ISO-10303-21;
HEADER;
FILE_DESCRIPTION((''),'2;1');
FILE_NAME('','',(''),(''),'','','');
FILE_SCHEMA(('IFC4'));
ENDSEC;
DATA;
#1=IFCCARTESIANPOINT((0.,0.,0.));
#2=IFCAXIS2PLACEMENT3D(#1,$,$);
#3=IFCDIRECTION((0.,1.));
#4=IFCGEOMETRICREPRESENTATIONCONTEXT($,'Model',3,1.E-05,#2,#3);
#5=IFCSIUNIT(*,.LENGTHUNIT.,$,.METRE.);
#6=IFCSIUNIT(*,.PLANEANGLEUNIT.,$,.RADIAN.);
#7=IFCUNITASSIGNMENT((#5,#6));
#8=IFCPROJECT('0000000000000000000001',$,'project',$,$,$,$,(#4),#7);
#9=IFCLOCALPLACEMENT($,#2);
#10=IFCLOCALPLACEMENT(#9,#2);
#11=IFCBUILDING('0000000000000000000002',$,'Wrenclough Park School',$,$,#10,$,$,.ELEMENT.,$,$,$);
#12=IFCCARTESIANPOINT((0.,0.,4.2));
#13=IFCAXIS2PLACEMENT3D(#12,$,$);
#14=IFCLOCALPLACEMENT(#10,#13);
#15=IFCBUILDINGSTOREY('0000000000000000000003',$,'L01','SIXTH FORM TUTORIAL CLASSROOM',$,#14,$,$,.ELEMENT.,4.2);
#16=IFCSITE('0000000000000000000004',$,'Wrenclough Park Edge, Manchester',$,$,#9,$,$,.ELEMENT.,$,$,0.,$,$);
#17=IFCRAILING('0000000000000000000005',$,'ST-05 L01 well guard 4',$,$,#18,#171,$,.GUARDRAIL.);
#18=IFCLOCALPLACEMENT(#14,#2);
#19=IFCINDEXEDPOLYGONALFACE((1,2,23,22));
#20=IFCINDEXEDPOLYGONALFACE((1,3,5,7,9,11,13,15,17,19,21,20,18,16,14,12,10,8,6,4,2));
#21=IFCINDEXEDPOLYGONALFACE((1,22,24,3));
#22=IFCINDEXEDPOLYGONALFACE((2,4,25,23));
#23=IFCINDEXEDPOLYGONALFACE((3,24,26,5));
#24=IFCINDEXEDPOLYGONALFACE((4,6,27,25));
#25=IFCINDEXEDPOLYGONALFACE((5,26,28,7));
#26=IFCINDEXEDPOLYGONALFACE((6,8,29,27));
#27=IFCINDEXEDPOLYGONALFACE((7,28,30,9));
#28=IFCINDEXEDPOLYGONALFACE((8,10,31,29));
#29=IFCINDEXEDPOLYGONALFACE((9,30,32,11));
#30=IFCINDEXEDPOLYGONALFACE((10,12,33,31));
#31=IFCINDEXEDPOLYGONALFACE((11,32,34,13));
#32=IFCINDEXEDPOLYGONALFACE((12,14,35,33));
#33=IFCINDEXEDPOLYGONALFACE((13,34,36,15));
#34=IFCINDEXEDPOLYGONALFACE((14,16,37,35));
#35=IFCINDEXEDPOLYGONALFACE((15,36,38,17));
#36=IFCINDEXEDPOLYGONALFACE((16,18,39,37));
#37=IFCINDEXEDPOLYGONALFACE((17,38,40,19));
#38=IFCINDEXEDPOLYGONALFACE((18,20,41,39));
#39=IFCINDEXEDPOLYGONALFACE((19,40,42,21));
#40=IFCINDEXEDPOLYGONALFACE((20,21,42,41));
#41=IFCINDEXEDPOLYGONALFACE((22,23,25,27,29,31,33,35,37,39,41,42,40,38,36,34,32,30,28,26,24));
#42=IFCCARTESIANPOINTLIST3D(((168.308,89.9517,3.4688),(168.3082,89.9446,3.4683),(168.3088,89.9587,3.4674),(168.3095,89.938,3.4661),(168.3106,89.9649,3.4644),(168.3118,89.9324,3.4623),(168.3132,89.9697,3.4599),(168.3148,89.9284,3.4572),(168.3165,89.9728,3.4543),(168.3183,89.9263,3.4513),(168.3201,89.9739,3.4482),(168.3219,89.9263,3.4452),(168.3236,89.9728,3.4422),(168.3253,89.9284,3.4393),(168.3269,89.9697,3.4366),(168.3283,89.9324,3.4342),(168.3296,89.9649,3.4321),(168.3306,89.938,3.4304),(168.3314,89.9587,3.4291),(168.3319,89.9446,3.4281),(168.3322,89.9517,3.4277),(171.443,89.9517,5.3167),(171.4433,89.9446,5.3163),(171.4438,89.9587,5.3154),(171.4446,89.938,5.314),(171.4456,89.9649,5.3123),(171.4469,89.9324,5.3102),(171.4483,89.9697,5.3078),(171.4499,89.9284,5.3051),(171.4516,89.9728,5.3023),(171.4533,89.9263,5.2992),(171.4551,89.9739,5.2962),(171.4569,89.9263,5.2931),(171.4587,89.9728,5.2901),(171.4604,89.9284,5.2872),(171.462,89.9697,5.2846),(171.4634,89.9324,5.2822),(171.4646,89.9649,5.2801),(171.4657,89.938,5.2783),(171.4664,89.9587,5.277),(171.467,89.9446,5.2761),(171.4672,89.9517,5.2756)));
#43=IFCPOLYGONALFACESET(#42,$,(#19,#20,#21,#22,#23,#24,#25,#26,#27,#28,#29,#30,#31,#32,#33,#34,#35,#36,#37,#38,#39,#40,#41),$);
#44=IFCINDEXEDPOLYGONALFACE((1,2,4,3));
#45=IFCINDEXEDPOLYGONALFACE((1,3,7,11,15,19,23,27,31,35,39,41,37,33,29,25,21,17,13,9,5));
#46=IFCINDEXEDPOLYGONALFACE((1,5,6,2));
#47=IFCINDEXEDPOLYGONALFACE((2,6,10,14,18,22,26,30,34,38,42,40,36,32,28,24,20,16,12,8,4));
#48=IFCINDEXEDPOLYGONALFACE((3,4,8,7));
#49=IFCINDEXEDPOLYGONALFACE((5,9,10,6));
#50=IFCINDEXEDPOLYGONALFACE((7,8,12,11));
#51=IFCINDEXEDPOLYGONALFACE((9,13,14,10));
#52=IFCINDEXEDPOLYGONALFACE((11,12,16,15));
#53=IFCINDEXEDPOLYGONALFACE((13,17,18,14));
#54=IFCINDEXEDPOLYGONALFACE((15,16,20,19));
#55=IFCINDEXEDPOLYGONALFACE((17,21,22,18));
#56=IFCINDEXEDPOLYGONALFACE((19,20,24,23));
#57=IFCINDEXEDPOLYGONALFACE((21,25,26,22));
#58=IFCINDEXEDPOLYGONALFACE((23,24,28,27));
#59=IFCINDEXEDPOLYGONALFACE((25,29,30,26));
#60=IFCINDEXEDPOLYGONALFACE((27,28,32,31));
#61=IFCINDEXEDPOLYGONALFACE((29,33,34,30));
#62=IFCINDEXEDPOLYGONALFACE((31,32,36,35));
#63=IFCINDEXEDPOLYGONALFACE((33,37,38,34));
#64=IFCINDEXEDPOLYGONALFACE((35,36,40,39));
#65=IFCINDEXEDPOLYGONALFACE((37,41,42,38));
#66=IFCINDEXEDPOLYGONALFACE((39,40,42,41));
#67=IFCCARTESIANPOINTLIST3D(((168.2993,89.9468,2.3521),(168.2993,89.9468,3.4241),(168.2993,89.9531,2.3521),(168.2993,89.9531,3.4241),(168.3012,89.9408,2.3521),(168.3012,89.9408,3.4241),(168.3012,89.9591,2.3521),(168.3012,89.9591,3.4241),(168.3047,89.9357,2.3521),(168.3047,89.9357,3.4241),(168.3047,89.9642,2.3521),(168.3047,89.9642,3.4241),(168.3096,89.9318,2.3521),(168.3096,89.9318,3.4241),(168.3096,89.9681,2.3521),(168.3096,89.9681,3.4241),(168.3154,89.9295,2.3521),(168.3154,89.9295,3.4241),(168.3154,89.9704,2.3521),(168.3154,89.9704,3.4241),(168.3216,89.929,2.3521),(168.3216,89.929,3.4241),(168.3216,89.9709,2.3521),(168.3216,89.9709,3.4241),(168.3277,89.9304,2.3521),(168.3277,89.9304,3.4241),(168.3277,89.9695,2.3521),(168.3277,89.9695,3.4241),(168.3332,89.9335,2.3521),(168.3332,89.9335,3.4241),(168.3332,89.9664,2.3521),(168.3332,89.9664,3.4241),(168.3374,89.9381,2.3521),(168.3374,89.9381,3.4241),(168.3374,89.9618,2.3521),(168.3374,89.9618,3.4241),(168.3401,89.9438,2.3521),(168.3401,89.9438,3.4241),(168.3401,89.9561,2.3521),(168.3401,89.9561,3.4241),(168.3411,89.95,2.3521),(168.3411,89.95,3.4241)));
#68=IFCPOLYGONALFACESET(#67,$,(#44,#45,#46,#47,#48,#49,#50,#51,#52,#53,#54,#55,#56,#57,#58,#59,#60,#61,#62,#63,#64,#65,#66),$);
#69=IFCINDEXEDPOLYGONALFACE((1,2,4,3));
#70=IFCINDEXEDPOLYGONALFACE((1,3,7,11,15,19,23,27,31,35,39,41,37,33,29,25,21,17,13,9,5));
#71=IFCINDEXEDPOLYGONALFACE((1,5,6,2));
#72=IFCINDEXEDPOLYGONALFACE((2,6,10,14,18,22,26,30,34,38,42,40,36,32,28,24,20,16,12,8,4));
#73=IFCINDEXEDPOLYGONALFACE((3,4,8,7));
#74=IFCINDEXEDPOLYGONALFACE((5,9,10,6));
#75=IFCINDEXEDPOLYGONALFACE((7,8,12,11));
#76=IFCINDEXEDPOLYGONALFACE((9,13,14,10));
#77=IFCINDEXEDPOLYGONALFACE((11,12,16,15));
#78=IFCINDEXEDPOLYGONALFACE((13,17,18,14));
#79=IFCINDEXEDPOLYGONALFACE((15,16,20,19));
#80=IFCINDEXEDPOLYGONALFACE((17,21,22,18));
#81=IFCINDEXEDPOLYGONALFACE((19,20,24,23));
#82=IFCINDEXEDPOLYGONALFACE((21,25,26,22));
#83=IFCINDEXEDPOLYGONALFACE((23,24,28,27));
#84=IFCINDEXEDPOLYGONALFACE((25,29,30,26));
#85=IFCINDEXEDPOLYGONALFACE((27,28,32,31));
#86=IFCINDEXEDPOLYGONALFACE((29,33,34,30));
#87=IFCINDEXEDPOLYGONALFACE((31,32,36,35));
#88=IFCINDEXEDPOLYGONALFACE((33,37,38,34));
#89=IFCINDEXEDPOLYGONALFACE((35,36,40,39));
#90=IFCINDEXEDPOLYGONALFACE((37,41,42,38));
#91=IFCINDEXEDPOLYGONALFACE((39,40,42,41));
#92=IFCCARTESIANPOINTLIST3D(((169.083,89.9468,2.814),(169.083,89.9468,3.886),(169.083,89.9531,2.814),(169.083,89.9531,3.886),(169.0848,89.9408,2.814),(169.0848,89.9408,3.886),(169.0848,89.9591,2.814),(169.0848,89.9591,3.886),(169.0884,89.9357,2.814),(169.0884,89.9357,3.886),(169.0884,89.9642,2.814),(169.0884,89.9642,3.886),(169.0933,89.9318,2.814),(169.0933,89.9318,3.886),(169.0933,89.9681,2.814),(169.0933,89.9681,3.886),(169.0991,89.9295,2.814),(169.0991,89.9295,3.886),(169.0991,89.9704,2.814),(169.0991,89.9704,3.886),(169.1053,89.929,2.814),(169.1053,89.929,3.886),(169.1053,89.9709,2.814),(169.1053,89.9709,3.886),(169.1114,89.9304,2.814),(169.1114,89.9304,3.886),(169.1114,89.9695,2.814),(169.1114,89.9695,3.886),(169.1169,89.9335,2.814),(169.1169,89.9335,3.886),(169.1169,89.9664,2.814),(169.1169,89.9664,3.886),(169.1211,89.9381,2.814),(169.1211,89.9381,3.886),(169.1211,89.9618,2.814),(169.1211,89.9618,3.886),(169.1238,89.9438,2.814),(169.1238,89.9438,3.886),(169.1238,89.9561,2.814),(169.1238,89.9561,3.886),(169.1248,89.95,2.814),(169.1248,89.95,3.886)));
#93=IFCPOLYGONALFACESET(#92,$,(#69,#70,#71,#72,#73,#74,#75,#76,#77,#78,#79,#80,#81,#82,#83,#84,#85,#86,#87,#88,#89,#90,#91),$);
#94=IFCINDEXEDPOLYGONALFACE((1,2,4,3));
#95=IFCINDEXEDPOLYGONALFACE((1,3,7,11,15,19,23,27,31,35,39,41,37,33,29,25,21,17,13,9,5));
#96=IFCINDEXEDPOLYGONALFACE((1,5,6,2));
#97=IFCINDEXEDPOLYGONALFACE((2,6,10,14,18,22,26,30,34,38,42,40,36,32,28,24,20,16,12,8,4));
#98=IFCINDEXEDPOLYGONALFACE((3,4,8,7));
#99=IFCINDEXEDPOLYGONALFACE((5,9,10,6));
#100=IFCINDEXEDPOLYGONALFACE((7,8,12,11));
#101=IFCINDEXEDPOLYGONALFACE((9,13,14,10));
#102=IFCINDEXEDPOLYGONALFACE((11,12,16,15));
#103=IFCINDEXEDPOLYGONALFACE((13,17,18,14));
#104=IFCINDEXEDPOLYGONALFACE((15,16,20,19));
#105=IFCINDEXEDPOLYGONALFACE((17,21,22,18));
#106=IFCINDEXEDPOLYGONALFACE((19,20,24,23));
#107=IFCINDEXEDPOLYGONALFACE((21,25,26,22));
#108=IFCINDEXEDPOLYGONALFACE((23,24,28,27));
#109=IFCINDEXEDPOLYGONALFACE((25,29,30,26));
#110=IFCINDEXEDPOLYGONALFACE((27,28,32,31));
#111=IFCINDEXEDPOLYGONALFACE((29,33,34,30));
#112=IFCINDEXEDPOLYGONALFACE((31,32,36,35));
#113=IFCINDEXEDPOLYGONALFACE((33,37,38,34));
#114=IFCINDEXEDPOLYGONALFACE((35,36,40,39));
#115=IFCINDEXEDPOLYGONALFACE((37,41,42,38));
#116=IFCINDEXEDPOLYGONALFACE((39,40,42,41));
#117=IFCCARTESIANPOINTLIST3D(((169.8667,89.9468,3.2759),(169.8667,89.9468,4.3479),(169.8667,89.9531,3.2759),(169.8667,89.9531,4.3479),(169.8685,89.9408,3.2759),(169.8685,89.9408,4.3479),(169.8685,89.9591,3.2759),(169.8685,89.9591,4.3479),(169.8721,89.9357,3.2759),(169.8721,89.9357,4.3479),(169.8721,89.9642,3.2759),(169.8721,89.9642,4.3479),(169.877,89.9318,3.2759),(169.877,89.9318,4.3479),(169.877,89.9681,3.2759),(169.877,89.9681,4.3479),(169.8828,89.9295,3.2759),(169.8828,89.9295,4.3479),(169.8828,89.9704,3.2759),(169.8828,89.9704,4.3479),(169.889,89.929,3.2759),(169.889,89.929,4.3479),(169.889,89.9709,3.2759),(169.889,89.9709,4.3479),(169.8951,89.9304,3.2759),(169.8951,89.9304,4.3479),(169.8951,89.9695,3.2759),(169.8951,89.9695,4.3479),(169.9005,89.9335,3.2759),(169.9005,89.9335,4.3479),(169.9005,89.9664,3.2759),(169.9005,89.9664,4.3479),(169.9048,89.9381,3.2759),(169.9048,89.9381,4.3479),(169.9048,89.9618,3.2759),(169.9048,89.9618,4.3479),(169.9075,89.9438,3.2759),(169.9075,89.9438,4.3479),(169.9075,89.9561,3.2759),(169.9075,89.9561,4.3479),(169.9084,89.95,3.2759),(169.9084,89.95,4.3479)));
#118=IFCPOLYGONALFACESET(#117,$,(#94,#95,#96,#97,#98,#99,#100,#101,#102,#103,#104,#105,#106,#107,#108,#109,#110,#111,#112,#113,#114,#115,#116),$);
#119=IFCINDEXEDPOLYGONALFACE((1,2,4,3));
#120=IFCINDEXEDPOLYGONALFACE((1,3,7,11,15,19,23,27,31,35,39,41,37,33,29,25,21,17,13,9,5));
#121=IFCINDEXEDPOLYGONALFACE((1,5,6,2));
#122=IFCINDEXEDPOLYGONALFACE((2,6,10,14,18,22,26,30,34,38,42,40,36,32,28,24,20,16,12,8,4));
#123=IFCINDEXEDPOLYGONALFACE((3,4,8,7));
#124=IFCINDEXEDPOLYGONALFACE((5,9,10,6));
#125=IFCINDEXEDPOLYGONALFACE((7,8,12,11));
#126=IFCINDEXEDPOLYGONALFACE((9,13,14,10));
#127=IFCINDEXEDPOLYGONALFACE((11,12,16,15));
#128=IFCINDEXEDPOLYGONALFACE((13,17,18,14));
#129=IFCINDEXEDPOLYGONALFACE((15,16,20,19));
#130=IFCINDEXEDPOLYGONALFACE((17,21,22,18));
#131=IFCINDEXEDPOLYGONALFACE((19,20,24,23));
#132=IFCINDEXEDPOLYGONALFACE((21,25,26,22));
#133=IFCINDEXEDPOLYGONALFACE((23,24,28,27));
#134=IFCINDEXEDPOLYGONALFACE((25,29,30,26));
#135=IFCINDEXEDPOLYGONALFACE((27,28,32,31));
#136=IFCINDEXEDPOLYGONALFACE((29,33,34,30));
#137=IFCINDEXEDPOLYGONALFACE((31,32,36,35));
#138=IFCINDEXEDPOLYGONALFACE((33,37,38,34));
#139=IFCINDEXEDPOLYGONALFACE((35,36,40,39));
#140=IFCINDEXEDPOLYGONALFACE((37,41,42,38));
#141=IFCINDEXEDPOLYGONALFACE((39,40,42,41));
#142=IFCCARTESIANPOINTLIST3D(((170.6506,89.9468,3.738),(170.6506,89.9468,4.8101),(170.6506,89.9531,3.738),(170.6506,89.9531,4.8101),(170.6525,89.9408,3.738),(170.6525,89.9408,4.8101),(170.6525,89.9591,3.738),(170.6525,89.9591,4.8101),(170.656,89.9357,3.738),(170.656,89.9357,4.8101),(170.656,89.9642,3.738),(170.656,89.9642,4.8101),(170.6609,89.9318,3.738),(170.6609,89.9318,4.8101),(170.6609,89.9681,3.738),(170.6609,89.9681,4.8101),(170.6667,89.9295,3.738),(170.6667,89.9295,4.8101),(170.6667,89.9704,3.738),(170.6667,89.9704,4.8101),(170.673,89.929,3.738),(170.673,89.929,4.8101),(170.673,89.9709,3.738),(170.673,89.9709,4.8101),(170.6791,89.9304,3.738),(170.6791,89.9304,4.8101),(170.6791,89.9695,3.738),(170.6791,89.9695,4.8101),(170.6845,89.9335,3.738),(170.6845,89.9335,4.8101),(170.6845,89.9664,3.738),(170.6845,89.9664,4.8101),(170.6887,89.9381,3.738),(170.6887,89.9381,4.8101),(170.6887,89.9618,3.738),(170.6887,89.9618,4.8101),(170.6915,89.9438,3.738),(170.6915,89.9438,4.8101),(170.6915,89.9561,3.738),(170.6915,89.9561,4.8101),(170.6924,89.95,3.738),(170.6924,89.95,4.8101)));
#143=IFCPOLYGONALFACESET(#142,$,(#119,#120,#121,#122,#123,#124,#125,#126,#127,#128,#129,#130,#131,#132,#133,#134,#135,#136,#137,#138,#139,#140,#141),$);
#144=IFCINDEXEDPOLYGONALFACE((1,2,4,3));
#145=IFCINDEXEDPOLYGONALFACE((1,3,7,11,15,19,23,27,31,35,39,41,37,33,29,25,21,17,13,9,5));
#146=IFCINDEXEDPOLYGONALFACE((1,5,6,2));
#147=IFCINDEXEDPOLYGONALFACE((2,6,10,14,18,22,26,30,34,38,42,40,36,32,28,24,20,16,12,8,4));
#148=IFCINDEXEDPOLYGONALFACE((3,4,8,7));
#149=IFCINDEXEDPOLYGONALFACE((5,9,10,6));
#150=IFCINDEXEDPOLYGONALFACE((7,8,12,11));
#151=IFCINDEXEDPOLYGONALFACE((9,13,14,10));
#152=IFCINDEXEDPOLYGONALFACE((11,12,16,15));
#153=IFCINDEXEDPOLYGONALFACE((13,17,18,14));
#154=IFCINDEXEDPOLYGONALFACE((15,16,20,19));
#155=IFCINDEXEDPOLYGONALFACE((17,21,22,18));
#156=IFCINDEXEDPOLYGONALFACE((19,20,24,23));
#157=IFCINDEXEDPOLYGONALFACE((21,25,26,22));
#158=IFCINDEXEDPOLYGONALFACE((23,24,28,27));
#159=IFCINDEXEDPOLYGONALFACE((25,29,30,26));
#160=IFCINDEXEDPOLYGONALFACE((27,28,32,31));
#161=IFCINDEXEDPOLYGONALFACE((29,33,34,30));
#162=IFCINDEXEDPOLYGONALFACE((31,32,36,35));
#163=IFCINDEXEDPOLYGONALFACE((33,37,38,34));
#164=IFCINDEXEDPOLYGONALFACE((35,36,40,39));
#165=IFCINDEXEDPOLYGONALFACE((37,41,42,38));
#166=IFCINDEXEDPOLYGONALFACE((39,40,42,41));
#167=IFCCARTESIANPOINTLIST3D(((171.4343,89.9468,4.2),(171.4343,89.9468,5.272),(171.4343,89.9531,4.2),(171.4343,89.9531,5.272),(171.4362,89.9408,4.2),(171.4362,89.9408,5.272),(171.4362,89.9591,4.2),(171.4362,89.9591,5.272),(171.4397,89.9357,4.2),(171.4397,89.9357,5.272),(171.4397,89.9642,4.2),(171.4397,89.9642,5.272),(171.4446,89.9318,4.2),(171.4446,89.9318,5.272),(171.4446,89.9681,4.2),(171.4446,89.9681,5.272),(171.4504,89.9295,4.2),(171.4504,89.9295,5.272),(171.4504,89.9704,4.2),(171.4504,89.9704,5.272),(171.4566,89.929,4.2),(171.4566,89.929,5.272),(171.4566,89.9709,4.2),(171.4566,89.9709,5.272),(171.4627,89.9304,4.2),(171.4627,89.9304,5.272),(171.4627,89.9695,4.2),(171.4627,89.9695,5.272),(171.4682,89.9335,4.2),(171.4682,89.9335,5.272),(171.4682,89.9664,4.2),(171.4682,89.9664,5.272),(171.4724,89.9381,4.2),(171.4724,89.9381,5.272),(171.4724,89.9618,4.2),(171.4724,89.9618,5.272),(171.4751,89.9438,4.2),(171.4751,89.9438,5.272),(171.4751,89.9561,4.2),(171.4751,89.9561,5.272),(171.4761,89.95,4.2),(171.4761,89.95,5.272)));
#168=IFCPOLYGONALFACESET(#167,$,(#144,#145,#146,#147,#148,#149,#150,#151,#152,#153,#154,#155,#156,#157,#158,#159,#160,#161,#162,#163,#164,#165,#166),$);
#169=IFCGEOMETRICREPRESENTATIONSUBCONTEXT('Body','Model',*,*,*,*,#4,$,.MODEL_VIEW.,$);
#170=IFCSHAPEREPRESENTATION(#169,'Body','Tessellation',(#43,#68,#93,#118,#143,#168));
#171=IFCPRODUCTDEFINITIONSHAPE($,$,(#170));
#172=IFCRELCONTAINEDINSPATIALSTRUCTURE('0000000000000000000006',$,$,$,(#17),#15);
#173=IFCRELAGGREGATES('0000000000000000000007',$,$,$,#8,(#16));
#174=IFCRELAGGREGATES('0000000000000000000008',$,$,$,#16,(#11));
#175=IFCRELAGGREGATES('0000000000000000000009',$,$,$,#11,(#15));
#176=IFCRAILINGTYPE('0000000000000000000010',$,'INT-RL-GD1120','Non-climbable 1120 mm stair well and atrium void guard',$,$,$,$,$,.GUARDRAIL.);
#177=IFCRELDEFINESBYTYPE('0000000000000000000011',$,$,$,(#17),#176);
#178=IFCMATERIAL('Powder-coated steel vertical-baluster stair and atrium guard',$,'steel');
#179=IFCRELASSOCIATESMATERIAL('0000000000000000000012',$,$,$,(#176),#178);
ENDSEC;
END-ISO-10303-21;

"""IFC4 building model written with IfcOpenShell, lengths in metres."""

from ifc_helpers import new_model, si_unit, direction, frame, origin, origin_2d, place, context, subcontext, project, spatial, circle, extrude, material, type_object, element, save


model = new_model("IFC4")

# Units and contexts
model_context = context("Model", 3, precision=1e-05, world=origin(), true_north=direction((0.0, 1.0)))
body_context = subcontext(model_context, "Body", "Model", "MODEL_VIEW")
ifc_project = project(units=[si_unit("LENGTHUNIT", "METRE"), si_unit("PLANEANGLEUNIT", "RADIAN")], contexts=[model_context])

# Site, building, storey
site_placement = place(None, origin())
site = spatial("IfcSite", under=ifc_project, at=site_placement, Name="Wrenclough Park Edge, Manchester", CompositionType="ELEMENT", RefElevation=0.0)
building_placement = place(site_placement, origin())
building = spatial("IfcBuilding", under=site, at=building_placement, Name="Wrenclough Park School", CompositionType="ELEMENT")
storey_placement = place(building_placement, frame((0.0, 0.0, 4.2)))
storey = spatial("IfcBuildingStorey", under=building, at=storey_placement, Name="L01", Description="SIXTH FORM TUTORIAL CLASSROOM", CompositionType="ELEMENT", Elevation=4.2)

# Railing
ifc_material_1 = material(Name="Powder-coated steel vertical-baluster stair and atrium guard", Category="steel")
railing_type_1 = type_object("IfcRailingType", Name="INT-RL-GD1120", Description="Non-climbable 1120 mm stair well and atrium void guard", PredefinedType="GUARDRAIL", material=ifc_material_1)
railing_1_placement = place(storey_placement, frame((168.3201, 89.95, 2.3521)))
element("IfcRailing", 1, at=railing_1_placement, inside=storey, type_object=railing_type_1, Name="ST-05 L01 well guard 4", PredefinedType="GUARDRAIL", context=body_context, shape_type="SweptSolid", body=[
    extrude(circle(Radius=0.0239, at=origin_2d()), frame((0.0, 0.0, 1.0962), z_axis=(0.86148, 0.0, 0.507791), x_axis=(0.0, 1.0, 0.0)), (0.0, 0.0, 1.0), 3.6392),
    extrude(circle(Radius=0.021, at=origin_2d()), origin(), (0.0, 0.0, 1.0), 1.072),
    extrude(circle(Radius=0.021, at=origin_2d()), frame((0.7837, 0.0, 0.4619)), (0.0, 0.0, 1.0), 1.072),
    extrude(circle(Radius=0.021, at=origin_2d()), frame((1.5674, 0.0, 0.9238)), (0.0, 0.0, 1.0), 1.072),
    extrude(circle(Radius=0.021, at=origin_2d()), frame((2.3513, 0.0, 1.386)), (0.0, 0.0, 1.0), 1.072),
    extrude(circle(Radius=0.021, at=origin_2d()), frame((3.135, 0.0, 1.8479)), (0.0, 0.0, 1.0), 1.072),
])

save(model, "model.ifc")
